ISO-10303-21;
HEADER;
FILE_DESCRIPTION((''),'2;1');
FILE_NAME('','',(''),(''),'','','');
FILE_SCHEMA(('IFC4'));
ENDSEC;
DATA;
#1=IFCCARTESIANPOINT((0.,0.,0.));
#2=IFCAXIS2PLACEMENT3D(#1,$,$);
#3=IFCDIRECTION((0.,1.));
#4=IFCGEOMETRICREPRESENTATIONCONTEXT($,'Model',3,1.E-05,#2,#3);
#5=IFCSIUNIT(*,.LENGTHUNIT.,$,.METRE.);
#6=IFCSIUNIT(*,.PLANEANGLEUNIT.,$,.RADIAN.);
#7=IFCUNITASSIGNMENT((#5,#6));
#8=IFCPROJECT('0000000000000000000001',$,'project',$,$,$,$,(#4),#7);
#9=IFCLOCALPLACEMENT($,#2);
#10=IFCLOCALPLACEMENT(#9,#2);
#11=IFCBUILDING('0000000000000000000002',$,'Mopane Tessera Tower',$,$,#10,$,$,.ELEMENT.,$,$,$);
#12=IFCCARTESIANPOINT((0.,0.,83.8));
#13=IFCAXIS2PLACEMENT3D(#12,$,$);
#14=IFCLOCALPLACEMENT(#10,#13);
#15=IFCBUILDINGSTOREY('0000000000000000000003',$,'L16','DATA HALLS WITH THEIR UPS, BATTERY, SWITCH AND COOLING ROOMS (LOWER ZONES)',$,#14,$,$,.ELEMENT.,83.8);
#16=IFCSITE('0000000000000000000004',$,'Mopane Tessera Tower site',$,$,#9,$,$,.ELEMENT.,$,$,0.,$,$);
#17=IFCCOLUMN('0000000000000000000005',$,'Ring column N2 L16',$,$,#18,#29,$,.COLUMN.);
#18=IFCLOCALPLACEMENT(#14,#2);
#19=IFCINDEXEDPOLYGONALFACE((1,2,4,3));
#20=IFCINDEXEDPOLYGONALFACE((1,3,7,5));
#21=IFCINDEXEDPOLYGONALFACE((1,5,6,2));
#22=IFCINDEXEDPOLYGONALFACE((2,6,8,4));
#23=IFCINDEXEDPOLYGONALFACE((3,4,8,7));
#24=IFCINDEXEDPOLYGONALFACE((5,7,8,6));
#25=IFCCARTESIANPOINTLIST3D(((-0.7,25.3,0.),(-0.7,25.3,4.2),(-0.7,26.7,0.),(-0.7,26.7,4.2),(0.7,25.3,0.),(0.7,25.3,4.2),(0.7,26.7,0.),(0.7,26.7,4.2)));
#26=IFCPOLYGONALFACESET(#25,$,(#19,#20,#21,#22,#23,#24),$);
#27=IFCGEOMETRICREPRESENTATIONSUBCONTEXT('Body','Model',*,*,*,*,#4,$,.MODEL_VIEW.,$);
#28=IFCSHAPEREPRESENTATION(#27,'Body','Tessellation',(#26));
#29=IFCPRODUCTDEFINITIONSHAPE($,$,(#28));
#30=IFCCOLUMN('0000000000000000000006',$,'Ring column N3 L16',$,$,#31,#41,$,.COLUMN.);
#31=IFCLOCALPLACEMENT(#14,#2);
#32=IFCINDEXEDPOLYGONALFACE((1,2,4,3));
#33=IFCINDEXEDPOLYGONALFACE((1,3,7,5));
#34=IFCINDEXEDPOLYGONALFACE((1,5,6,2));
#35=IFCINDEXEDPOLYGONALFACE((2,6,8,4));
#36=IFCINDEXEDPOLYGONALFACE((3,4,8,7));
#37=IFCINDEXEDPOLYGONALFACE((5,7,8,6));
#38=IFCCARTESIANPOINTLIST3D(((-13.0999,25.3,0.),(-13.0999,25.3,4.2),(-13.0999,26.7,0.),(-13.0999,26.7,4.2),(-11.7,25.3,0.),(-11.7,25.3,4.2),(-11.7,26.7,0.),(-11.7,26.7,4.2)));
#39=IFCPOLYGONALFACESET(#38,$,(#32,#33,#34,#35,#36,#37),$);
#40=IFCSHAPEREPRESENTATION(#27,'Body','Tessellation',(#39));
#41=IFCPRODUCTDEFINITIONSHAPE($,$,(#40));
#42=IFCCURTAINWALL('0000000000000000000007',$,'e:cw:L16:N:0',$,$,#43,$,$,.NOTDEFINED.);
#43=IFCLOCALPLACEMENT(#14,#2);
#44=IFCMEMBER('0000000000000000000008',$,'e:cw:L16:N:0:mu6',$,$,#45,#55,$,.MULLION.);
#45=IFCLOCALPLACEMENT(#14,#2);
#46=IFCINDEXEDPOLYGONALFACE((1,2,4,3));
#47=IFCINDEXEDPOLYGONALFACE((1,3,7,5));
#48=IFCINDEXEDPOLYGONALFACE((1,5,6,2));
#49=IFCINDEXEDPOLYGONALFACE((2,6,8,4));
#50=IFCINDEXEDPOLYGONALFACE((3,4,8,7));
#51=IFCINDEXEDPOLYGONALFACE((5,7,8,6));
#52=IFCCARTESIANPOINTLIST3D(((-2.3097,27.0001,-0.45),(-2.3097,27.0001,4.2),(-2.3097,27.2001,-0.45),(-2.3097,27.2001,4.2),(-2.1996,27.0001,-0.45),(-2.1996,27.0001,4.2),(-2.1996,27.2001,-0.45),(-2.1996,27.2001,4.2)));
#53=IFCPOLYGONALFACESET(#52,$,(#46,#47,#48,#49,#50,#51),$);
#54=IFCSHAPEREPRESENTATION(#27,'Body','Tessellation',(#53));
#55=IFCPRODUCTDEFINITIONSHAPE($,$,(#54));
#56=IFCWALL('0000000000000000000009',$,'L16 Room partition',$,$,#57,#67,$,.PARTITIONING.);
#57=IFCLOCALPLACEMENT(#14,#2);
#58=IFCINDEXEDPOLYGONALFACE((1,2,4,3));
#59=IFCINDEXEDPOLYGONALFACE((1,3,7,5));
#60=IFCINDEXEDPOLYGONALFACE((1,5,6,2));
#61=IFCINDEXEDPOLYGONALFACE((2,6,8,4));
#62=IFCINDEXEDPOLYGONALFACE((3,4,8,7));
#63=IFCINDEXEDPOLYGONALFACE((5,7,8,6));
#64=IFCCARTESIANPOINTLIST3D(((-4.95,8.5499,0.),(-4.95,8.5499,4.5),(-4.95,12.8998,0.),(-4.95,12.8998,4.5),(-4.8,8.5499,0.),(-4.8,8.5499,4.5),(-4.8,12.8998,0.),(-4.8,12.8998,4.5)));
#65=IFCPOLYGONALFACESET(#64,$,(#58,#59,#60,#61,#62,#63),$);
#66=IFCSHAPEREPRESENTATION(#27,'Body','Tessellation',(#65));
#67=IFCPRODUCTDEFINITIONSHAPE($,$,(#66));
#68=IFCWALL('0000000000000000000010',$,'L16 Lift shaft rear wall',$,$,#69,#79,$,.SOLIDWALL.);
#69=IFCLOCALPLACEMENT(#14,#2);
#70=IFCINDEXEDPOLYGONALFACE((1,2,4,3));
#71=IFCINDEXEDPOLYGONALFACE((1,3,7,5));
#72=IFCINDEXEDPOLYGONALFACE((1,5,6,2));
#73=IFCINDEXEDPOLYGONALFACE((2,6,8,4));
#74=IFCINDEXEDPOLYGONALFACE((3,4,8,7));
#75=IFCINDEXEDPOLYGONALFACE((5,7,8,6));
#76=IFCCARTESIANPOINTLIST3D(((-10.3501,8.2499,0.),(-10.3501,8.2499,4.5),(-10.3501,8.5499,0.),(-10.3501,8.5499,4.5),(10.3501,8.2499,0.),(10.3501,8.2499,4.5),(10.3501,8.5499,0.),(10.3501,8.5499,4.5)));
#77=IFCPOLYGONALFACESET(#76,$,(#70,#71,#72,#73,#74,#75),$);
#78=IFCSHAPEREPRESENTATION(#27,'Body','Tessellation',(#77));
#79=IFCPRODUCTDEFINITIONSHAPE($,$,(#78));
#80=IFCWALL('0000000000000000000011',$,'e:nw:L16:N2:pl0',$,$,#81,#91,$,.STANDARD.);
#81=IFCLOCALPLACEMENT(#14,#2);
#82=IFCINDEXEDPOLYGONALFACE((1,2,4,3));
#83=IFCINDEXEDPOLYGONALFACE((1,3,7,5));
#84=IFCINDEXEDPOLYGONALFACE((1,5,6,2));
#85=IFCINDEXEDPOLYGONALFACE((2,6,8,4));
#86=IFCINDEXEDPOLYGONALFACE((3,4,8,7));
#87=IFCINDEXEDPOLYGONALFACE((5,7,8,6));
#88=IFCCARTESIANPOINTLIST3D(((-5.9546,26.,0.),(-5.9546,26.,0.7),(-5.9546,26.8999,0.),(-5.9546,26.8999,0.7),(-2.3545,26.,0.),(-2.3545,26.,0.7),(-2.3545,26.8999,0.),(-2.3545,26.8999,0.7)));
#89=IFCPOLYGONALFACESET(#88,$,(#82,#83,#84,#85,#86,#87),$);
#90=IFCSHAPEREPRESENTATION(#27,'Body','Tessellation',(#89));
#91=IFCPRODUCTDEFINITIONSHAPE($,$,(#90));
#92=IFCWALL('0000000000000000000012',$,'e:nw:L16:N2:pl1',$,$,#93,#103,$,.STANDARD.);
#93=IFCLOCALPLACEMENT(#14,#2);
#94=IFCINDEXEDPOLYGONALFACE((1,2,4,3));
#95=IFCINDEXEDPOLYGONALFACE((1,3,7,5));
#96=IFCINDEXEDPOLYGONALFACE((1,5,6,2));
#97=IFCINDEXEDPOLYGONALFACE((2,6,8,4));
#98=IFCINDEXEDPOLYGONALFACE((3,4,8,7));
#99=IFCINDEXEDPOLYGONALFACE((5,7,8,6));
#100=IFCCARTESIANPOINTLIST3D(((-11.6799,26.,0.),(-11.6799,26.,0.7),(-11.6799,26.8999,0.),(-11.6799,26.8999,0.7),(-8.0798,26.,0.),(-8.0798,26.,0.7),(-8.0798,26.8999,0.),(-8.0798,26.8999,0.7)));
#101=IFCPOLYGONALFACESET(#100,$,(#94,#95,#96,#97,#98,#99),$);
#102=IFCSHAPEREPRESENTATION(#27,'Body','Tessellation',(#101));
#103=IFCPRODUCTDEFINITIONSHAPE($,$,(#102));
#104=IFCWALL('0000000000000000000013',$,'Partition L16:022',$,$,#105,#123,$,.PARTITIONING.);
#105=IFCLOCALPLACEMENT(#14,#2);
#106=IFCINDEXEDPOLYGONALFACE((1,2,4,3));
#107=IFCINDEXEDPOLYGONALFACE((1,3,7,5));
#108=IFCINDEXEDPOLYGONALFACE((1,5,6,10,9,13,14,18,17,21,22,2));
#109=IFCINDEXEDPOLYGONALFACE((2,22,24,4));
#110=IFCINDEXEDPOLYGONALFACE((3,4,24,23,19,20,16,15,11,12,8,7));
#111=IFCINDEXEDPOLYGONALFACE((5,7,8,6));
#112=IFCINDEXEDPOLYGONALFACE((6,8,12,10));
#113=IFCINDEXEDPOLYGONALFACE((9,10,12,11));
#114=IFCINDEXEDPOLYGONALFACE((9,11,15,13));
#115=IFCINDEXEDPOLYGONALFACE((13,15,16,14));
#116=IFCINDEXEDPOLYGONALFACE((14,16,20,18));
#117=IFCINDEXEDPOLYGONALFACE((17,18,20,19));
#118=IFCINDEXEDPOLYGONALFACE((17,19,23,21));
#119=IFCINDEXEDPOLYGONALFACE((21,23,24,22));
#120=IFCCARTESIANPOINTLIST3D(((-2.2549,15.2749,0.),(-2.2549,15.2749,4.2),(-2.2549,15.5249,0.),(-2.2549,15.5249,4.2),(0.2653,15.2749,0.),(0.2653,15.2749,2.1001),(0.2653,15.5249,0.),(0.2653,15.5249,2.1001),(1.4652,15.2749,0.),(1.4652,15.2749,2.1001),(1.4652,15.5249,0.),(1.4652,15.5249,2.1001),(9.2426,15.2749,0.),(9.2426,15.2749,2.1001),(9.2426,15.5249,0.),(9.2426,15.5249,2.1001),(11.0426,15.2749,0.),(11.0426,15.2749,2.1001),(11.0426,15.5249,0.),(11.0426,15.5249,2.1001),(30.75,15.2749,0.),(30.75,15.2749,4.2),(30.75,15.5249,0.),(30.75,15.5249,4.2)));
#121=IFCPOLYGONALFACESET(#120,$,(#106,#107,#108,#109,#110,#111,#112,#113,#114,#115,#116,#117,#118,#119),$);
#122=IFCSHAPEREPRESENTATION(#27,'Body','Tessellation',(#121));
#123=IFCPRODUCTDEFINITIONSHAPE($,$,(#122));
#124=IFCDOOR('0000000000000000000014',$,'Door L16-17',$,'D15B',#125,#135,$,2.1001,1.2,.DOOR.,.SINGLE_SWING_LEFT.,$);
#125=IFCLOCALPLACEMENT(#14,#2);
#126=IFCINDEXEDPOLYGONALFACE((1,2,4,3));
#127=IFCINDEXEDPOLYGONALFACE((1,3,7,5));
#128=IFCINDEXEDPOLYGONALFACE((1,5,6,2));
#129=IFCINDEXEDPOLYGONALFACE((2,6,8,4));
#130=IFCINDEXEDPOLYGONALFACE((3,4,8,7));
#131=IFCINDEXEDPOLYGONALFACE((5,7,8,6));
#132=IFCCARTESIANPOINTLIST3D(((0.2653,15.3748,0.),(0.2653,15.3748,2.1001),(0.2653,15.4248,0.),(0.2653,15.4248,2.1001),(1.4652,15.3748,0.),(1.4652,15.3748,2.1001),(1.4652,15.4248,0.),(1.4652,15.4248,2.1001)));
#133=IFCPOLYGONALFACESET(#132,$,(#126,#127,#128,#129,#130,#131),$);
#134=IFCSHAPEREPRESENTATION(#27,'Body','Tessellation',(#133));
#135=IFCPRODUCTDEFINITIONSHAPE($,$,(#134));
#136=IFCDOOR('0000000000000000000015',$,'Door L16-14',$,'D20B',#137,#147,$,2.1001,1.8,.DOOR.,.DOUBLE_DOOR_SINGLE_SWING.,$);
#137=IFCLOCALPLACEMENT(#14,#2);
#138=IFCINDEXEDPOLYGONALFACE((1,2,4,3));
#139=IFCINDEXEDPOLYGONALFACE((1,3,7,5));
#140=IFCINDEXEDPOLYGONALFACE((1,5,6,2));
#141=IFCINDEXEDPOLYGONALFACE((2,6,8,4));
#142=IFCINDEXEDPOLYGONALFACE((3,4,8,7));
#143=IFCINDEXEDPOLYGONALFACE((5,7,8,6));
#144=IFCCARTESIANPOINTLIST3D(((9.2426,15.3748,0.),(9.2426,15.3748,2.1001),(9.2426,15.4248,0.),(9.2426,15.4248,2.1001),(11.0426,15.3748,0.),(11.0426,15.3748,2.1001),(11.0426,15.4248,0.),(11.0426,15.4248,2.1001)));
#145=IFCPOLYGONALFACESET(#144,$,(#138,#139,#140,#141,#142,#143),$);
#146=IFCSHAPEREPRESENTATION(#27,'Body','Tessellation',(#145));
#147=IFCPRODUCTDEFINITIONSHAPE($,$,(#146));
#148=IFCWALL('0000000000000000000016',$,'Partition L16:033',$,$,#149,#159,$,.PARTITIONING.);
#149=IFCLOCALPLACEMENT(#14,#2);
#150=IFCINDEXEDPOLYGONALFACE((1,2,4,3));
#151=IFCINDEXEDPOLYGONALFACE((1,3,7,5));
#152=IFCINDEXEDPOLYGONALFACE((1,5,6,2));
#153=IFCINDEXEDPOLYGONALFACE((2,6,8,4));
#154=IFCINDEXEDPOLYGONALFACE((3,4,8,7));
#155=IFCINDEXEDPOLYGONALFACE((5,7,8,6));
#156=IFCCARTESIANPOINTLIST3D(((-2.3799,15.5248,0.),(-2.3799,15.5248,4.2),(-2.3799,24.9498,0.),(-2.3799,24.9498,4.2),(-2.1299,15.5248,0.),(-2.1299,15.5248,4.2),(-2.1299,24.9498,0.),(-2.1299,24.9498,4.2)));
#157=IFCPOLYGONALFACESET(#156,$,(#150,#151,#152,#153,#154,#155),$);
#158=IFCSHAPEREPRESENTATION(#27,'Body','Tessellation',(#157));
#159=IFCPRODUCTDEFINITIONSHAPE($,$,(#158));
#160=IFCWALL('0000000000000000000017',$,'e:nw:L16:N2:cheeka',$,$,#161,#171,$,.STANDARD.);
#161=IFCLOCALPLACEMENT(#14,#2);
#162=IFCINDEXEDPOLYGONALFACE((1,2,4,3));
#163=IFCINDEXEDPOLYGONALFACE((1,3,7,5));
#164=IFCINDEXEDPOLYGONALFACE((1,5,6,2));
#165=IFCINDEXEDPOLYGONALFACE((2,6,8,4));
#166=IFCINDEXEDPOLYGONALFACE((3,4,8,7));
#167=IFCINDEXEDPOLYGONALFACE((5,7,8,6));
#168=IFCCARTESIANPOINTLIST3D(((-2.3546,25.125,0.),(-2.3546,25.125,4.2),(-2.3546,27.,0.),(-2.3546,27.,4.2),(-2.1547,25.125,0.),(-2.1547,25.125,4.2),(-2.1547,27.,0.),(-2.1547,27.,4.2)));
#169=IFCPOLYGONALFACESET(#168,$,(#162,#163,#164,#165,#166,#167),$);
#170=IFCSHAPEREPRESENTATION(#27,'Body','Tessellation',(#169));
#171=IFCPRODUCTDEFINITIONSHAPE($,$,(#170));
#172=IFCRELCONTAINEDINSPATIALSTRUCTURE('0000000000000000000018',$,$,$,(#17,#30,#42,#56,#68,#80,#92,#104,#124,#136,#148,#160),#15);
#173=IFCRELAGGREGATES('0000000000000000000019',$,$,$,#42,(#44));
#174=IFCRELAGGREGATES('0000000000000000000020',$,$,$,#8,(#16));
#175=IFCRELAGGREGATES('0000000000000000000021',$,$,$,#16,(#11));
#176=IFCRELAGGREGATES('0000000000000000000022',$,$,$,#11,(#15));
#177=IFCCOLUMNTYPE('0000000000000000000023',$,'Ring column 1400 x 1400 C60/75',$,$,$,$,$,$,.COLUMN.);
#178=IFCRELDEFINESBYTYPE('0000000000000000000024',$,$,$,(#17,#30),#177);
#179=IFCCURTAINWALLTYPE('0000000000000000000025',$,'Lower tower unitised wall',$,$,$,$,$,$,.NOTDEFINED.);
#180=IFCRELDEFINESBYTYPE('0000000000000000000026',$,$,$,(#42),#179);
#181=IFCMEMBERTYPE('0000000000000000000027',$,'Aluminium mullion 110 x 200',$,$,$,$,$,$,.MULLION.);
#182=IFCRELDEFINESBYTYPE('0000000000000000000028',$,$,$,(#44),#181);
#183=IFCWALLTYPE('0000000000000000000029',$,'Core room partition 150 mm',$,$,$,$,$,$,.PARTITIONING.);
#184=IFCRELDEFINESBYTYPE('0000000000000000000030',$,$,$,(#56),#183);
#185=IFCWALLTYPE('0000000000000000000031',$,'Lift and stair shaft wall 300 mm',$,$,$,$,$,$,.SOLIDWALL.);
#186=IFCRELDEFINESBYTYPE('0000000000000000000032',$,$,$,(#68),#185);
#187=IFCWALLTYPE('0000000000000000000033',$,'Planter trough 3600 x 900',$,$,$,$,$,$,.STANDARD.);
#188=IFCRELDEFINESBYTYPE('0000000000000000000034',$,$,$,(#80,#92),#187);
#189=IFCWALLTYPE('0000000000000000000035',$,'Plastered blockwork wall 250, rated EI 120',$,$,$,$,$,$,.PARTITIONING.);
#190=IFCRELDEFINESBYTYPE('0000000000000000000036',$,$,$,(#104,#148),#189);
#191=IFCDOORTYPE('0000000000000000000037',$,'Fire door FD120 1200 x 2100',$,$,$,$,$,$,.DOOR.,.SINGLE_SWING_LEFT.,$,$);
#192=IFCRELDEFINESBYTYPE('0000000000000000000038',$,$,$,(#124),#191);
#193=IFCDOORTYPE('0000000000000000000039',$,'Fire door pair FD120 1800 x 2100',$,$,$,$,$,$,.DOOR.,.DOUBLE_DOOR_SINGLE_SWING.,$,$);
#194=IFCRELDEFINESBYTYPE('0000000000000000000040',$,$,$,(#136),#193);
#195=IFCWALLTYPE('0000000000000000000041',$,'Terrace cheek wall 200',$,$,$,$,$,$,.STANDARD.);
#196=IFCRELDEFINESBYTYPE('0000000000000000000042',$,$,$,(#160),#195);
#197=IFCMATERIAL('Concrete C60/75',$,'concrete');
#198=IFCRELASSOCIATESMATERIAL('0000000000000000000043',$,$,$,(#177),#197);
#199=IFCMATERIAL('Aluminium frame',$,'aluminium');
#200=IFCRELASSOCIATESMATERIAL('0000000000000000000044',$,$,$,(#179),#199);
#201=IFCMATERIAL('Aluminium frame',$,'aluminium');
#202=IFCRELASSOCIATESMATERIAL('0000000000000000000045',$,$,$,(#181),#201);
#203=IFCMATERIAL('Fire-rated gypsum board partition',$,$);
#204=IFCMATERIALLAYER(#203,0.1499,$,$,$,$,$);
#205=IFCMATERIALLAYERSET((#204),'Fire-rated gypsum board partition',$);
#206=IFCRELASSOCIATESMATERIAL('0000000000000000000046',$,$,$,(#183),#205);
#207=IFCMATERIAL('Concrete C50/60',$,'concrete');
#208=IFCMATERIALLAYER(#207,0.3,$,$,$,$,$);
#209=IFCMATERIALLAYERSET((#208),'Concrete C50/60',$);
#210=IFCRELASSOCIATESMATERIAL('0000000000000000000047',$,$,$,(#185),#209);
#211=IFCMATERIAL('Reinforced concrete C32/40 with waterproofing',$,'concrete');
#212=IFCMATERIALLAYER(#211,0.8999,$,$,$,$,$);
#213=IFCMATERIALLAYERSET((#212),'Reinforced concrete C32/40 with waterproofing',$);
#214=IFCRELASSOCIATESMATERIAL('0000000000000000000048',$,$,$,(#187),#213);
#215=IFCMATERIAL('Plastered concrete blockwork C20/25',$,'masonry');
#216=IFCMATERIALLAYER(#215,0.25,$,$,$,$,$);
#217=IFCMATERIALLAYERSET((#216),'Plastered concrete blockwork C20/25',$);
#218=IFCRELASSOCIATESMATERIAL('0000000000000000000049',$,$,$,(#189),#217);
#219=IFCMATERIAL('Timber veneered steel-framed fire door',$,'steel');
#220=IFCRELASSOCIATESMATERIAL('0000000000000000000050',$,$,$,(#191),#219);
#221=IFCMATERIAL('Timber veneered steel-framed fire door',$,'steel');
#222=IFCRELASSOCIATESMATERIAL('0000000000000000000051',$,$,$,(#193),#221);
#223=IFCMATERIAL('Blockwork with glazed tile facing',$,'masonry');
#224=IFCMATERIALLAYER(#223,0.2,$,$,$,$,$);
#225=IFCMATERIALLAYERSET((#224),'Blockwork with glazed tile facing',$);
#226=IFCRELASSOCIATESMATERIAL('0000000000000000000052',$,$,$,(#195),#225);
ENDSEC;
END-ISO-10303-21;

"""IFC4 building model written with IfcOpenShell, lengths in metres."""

from ifc_helpers import new_model, si_unit, direction, frame, frame_2d, origin, origin_2d, place, context, subcontext, project, spatial, rectangle, extrude, material, layer, layer_set, material_profile, profile_set, type_object, element, fill, aggregate, save


model = new_model("IFC4")

# Units and contexts
model_context = context("Model", 3, precision=1e-05, world=origin(), true_north=direction((0.0, 1.0)))
body_context = subcontext(model_context, "Body", "Model", "MODEL_VIEW")
ifc_project = project(units=[si_unit("LENGTHUNIT", "METRE"), si_unit("PLANEANGLEUNIT", "RADIAN")], contexts=[model_context])

# Site, building, storey
site_placement = place(None, origin())
site = spatial("IfcSite", under=ifc_project, at=site_placement, Name="Mopane Tessera Tower site", CompositionType="ELEMENT", RefElevation=0.0)
building_placement = place(site_placement, origin())
building = spatial("IfcBuilding", under=site, at=building_placement, Name="Mopane Tessera Tower", CompositionType="ELEMENT")
storey_placement = place(building_placement, frame((0.0, 0.0, 83.8)))
storey = spatial("IfcBuildingStorey", under=building, at=storey_placement, Name="L16", Description="DATA HALLS WITH THEIR UPS, BATTERY, SWITCH AND COOLING ROOMS (LOWER ZONES)", CompositionType="ELEMENT", Elevation=83.8)

# Columns
ifc_material_1 = material(Name="Concrete C60/75", Category="concrete")
ifc_material_profile_1 = material_profile(ifc_material_1, rectangle(XDim=1.3999, YDim=1.3999, at=origin_2d()))
ifc_profile_set_1 = profile_set([ifc_material_profile_1], Name="Concrete C60/75")
column_type = type_object("IfcColumnType", Name="Ring column 1400 x 1400 C60/75", PredefinedType="COLUMN", material=ifc_profile_set_1)
for number, where, z_axis, x_axis, name in (
    (1, (0.0, 26.0, 0.0), (0.0, 0.0, 1.0), (1.0, 0.0, 0.0), "Ring column N2 L16"),
    (2, (-12.3999, 26.0, 0.0), (0.0, 0.0, 1.0), (1.0, 0.0, 0.0), "Ring column N3 L16"),
):
    element("IfcColumn", number, at=place(storey_placement, frame(where, z_axis=z_axis, x_axis=x_axis)), inside=storey, type_object=column_type, Name=name, PredefinedType="COLUMN", context=body_context, shape_type="SweptSolid", body=[
        extrude(rectangle(XDim=1.3999, YDim=1.3999, at=origin_2d()), origin(), (0.0, 0.0, 1.0), 4.2),
    ])

# Curtain wall, member
ifc_material_2 = material(Name="Aluminium frame", Category="aluminium")
curtain_wall_type = type_object("IfcCurtainWallType", Name="Lower tower unitised wall", PredefinedType="NOTDEFINED", material=ifc_material_2)
curtain_wall_placement = place(storey_placement, origin())
curtain_wall = element("IfcCurtainWall", 3, at=curtain_wall_placement, inside=storey, type_object=curtain_wall_type, Name="e:cw:L16:N:0", PredefinedType="NOTDEFINED")
ifc_material_3 = material(Name="Aluminium frame", Category="aluminium")
ifc_material_profile_2 = material_profile(ifc_material_3, rectangle(XDim=0.1101, YDim=0.2, at=origin_2d()))
ifc_profile_set_2 = profile_set([ifc_material_profile_2], Name="Aluminium frame")
member_type = type_object("IfcMemberType", Name="Aluminium mullion 110 x 200", PredefinedType="MULLION", material=ifc_profile_set_2)
member_placement = place(storey_placement, frame((-2.2546, 27.1001, -0.45), z_axis=(0.0, 0.0, 1.0), x_axis=(-1.0, 0.0, 0.0)))
member = element("IfcMember", 4, at=member_placement, type_object=member_type, Name="e:cw:L16:N:0:mu6", PredefinedType="MULLION", context=body_context, shape_type="SweptSolid", body=[
    extrude(rectangle(XDim=0.1101, YDim=0.2, at=origin_2d()), origin(), (0.0, 0.0, 1.0), 4.6499),
])
aggregate(curtain_wall, [member])

# Walls
ifc_material_4 = material(Name="Fire-rated gypsum board partition")
ifc_layer_1 = layer(ifc_material_4, 0.1499)
ifc_layer_set_1 = layer_set([ifc_layer_1], Name="Fire-rated gypsum board partition")
wall_type_1 = type_object("IfcWallType", Name="Core room partition 150 mm", PredefinedType="PARTITIONING", material=ifc_layer_set_1)
wall_1_placement = place(storey_placement, frame((-4.875, 8.55, 0.0), z_axis=(0.0, 0.0, 1.0), x_axis=(0.0, 1.0, 0.0)))
element("IfcWall", 5, at=wall_1_placement, inside=storey, type_object=wall_type_1, Name="L16 Room partition", PredefinedType="PARTITIONING", context=body_context, shape_type="SweptSolid", body=[
    extrude(rectangle(XDim=4.3499, YDim=0.1499, at=frame_2d((2.1748, 0.0))), origin(), (0.0, 0.0, 1.0), 4.5),
])
ifc_material_5 = material(Name="Concrete C50/60", Category="concrete")
ifc_layer_2 = layer(ifc_material_5, 0.3)
ifc_layer_set_2 = layer_set([ifc_layer_2], Name="Concrete C50/60")
wall_type_2 = type_object("IfcWallType", Name="Lift and stair shaft wall 300 mm", PredefinedType="SOLIDWALL", material=ifc_layer_set_2)
wall_2_placement = place(storey_placement, frame((-10.3501, 8.3999, 0.0), z_axis=(0.0, 0.0, 1.0), x_axis=(1.0, 0.0, 0.0)))
element("IfcWall", 6, at=wall_2_placement, inside=storey, type_object=wall_type_2, Name="L16 Lift shaft rear wall", PredefinedType="SOLIDWALL", context=body_context, shape_type="SweptSolid", body=[
    extrude(rectangle(XDim=20.7002, YDim=0.3, at=frame_2d((10.3501, 0.0))), origin(), (0.0, 0.0, 1.0), 4.5),
])
ifc_material_6 = material(Name="Reinforced concrete C32/40 with waterproofing", Category="concrete")
ifc_layer_3 = layer(ifc_material_6, 0.8999)
ifc_layer_set_3 = layer_set([ifc_layer_3], Name="Reinforced concrete C32/40 with waterproofing")
wall_type_3 = type_object("IfcWallType", Name="Planter trough 3600 x 900", PredefinedType="STANDARD", material=ifc_layer_set_3)
for number, where, z_axis, x_axis, name in (
    (7, (-2.3545, 26.45, 0.0), (0.0, 0.0, 1.0), (-1.0, 0.0, 0.0), "e:nw:L16:N2:pl0"),
    (8, (-8.0798, 26.45, 0.0), (0.0, 0.0, 1.0), (-1.0, 0.0, 0.0), "e:nw:L16:N2:pl1"),
):
    element("IfcWall", number, at=place(storey_placement, frame(where, z_axis=z_axis, x_axis=x_axis)), inside=storey, type_object=wall_type_3, Name=name, PredefinedType="STANDARD", context=body_context, shape_type="SweptSolid", body=[
        extrude(rectangle(XDim=3.6001, YDim=0.8999, at=frame_2d((1.8, 0.0))), origin(), (0.0, 0.0, 1.0), 0.7),
    ])

# Wall, openings, doors
ifc_material_7 = material(Name="Plastered concrete blockwork C20/25", Category="masonry")
ifc_layer_4 = layer(ifc_material_7, 0.25)
ifc_layer_set_4 = layer_set([ifc_layer_4], Name="Plastered concrete blockwork C20/25")
wall_type_4 = type_object("IfcWallType", Name="Plastered blockwork wall 250, rated EI 120", PredefinedType="PARTITIONING", material=ifc_layer_set_4)
wall_3_placement = place(storey_placement, frame((-2.2549, 15.3999, 0.0), z_axis=(0.0, 0.0, 1.0), x_axis=(1.0, 0.0, 0.0)))
wall_3 = element("IfcWall", 9, at=wall_3_placement, inside=storey, type_object=wall_type_4, Name="Partition L16:022", PredefinedType="PARTITIONING", context=body_context, shape_type="SweptSolid", body=[
    extrude(rectangle(XDim=33.0049, YDim=0.25, at=frame_2d((16.5024, 0.0))), origin(), (0.0, 0.0, 1.0), 4.2),
])
opening_1_placement = place(wall_3_placement, frame((11.4976, 0.0, 0.0)))
opening_1 = element("IfcOpeningElement", 10, at=opening_1_placement, cuts=wall_3, PredefinedType="OPENING", context=body_context, shape_type="SweptSolid", body=[
    extrude(rectangle(XDim=1.8, YDim=2.1001, at=frame_2d((0.8999, 1.05))), frame((0.0, 0.137, 0.0), z_axis=(0.0, -1.0, 0.0), x_axis=(1.0, 0.0, 0.0)), (0.0, 0.0, 1.0), 0.2739),
])
opening_2_placement = place(wall_3_placement, frame((2.52, 0.0, 0.0)))
opening_2 = element("IfcOpeningElement", 11, at=opening_2_placement, cuts=wall_3, PredefinedType="OPENING", context=body_context, shape_type="SweptSolid", body=[
    extrude(rectangle(XDim=1.2, YDim=2.1001, at=frame_2d((0.6001, 1.05))), frame((0.0, 0.137, 0.0), z_axis=(0.0, -1.0, 0.0), x_axis=(1.0, 0.0, 0.0)), (0.0, 0.0, 1.0), 0.2739),
])
ifc_material_8 = material(Name="Timber veneered steel-framed fire door", Category="steel")
door_type_1 = type_object("IfcDoorType", Name="Fire door FD120 1200 x 2100", OperationType="SINGLE_SWING_LEFT", PredefinedType="DOOR", material=ifc_material_8)
door_1_placement = place(opening_2_placement, origin())
door_1 = element("IfcDoor", 12, at=door_1_placement, inside=storey, type_object=door_type_1, Name="Door L16-17", ObjectType="D15B", OperationType="SINGLE_SWING_LEFT", OverallHeight=2.1001, OverallWidth=1.2, PredefinedType="DOOR", context=body_context, shape_type="SweptSolid", body=[
    extrude(rectangle(XDim=1.2, YDim=2.1001, at=frame_2d((0.6001, 1.05))), frame((0.0, 0.0249, 0.0), z_axis=(0.0, -1.0, 0.0), x_axis=(1.0, 0.0, 0.0)), (0.0, 0.0, 1.0), 0.05),
])
fill(opening_2, door_1)
ifc_material_9 = material(Name="Timber veneered steel-framed fire door", Category="steel")
door_type_2 = type_object("IfcDoorType", Name="Fire door pair FD120 1800 x 2100", OperationType="DOUBLE_DOOR_SINGLE_SWING", PredefinedType="DOOR", material=ifc_material_9)
door_2_placement = place(opening_1_placement, origin())
door_2 = element("IfcDoor", 13, at=door_2_placement, inside=storey, type_object=door_type_2, Name="Door L16-14", ObjectType="D20B", OperationType="DOUBLE_DOOR_SINGLE_SWING", OverallHeight=2.1001, OverallWidth=1.8, PredefinedType="DOOR", context=body_context, shape_type="SweptSolid", body=[
    extrude(rectangle(XDim=1.8, YDim=2.1001, at=frame_2d((0.8999, 1.05))), frame((0.0, 0.0249, 0.0), z_axis=(0.0, -1.0, 0.0), x_axis=(1.0, 0.0, 0.0)), (0.0, 0.0, 1.0), 0.05),
])
fill(opening_1, door_2)

# Walls
wall_4_placement = place(storey_placement, frame((-2.2549, 15.5249, 0.0), z_axis=(0.0, 0.0, 1.0), x_axis=(0.0, 1.0, 0.0)))
element("IfcWall", 14, at=wall_4_placement, inside=storey, type_object=wall_type_4, Name="Partition L16:033", PredefinedType="PARTITIONING", context=body_context, shape_type="SweptSolid", body=[
    extrude(rectangle(XDim=9.425, YDim=0.25, at=frame_2d((4.7124, 0.0))), origin(), (0.0, 0.0, 1.0), 4.2),
])
ifc_material_10 = material(Name="Blockwork with glazed tile facing", Category="masonry")
ifc_layer_5 = layer(ifc_material_10, 0.2)
ifc_layer_set_5 = layer_set([ifc_layer_5], Name="Blockwork with glazed tile facing")
wall_type_5 = type_object("IfcWallType", Name="Terrace cheek wall 200", PredefinedType="STANDARD", material=ifc_layer_set_5)
wall_5_placement = place(storey_placement, frame((-2.2546, 27.0, 0.0), z_axis=(0.0, 0.0, 1.0), x_axis=(0.0, -1.0, 0.0)))
element("IfcWall", 15, at=wall_5_placement, inside=storey, type_object=wall_type_5, Name="e:nw:L16:N2:cheeka", PredefinedType="STANDARD", context=body_context, shape_type="SweptSolid", body=[
    extrude(rectangle(XDim=1.875, YDim=0.2, at=frame_2d((0.9375, 0.0))), origin(), (0.0, 0.0, 1.0), 4.2),
])

save(model, "model.ifc")
